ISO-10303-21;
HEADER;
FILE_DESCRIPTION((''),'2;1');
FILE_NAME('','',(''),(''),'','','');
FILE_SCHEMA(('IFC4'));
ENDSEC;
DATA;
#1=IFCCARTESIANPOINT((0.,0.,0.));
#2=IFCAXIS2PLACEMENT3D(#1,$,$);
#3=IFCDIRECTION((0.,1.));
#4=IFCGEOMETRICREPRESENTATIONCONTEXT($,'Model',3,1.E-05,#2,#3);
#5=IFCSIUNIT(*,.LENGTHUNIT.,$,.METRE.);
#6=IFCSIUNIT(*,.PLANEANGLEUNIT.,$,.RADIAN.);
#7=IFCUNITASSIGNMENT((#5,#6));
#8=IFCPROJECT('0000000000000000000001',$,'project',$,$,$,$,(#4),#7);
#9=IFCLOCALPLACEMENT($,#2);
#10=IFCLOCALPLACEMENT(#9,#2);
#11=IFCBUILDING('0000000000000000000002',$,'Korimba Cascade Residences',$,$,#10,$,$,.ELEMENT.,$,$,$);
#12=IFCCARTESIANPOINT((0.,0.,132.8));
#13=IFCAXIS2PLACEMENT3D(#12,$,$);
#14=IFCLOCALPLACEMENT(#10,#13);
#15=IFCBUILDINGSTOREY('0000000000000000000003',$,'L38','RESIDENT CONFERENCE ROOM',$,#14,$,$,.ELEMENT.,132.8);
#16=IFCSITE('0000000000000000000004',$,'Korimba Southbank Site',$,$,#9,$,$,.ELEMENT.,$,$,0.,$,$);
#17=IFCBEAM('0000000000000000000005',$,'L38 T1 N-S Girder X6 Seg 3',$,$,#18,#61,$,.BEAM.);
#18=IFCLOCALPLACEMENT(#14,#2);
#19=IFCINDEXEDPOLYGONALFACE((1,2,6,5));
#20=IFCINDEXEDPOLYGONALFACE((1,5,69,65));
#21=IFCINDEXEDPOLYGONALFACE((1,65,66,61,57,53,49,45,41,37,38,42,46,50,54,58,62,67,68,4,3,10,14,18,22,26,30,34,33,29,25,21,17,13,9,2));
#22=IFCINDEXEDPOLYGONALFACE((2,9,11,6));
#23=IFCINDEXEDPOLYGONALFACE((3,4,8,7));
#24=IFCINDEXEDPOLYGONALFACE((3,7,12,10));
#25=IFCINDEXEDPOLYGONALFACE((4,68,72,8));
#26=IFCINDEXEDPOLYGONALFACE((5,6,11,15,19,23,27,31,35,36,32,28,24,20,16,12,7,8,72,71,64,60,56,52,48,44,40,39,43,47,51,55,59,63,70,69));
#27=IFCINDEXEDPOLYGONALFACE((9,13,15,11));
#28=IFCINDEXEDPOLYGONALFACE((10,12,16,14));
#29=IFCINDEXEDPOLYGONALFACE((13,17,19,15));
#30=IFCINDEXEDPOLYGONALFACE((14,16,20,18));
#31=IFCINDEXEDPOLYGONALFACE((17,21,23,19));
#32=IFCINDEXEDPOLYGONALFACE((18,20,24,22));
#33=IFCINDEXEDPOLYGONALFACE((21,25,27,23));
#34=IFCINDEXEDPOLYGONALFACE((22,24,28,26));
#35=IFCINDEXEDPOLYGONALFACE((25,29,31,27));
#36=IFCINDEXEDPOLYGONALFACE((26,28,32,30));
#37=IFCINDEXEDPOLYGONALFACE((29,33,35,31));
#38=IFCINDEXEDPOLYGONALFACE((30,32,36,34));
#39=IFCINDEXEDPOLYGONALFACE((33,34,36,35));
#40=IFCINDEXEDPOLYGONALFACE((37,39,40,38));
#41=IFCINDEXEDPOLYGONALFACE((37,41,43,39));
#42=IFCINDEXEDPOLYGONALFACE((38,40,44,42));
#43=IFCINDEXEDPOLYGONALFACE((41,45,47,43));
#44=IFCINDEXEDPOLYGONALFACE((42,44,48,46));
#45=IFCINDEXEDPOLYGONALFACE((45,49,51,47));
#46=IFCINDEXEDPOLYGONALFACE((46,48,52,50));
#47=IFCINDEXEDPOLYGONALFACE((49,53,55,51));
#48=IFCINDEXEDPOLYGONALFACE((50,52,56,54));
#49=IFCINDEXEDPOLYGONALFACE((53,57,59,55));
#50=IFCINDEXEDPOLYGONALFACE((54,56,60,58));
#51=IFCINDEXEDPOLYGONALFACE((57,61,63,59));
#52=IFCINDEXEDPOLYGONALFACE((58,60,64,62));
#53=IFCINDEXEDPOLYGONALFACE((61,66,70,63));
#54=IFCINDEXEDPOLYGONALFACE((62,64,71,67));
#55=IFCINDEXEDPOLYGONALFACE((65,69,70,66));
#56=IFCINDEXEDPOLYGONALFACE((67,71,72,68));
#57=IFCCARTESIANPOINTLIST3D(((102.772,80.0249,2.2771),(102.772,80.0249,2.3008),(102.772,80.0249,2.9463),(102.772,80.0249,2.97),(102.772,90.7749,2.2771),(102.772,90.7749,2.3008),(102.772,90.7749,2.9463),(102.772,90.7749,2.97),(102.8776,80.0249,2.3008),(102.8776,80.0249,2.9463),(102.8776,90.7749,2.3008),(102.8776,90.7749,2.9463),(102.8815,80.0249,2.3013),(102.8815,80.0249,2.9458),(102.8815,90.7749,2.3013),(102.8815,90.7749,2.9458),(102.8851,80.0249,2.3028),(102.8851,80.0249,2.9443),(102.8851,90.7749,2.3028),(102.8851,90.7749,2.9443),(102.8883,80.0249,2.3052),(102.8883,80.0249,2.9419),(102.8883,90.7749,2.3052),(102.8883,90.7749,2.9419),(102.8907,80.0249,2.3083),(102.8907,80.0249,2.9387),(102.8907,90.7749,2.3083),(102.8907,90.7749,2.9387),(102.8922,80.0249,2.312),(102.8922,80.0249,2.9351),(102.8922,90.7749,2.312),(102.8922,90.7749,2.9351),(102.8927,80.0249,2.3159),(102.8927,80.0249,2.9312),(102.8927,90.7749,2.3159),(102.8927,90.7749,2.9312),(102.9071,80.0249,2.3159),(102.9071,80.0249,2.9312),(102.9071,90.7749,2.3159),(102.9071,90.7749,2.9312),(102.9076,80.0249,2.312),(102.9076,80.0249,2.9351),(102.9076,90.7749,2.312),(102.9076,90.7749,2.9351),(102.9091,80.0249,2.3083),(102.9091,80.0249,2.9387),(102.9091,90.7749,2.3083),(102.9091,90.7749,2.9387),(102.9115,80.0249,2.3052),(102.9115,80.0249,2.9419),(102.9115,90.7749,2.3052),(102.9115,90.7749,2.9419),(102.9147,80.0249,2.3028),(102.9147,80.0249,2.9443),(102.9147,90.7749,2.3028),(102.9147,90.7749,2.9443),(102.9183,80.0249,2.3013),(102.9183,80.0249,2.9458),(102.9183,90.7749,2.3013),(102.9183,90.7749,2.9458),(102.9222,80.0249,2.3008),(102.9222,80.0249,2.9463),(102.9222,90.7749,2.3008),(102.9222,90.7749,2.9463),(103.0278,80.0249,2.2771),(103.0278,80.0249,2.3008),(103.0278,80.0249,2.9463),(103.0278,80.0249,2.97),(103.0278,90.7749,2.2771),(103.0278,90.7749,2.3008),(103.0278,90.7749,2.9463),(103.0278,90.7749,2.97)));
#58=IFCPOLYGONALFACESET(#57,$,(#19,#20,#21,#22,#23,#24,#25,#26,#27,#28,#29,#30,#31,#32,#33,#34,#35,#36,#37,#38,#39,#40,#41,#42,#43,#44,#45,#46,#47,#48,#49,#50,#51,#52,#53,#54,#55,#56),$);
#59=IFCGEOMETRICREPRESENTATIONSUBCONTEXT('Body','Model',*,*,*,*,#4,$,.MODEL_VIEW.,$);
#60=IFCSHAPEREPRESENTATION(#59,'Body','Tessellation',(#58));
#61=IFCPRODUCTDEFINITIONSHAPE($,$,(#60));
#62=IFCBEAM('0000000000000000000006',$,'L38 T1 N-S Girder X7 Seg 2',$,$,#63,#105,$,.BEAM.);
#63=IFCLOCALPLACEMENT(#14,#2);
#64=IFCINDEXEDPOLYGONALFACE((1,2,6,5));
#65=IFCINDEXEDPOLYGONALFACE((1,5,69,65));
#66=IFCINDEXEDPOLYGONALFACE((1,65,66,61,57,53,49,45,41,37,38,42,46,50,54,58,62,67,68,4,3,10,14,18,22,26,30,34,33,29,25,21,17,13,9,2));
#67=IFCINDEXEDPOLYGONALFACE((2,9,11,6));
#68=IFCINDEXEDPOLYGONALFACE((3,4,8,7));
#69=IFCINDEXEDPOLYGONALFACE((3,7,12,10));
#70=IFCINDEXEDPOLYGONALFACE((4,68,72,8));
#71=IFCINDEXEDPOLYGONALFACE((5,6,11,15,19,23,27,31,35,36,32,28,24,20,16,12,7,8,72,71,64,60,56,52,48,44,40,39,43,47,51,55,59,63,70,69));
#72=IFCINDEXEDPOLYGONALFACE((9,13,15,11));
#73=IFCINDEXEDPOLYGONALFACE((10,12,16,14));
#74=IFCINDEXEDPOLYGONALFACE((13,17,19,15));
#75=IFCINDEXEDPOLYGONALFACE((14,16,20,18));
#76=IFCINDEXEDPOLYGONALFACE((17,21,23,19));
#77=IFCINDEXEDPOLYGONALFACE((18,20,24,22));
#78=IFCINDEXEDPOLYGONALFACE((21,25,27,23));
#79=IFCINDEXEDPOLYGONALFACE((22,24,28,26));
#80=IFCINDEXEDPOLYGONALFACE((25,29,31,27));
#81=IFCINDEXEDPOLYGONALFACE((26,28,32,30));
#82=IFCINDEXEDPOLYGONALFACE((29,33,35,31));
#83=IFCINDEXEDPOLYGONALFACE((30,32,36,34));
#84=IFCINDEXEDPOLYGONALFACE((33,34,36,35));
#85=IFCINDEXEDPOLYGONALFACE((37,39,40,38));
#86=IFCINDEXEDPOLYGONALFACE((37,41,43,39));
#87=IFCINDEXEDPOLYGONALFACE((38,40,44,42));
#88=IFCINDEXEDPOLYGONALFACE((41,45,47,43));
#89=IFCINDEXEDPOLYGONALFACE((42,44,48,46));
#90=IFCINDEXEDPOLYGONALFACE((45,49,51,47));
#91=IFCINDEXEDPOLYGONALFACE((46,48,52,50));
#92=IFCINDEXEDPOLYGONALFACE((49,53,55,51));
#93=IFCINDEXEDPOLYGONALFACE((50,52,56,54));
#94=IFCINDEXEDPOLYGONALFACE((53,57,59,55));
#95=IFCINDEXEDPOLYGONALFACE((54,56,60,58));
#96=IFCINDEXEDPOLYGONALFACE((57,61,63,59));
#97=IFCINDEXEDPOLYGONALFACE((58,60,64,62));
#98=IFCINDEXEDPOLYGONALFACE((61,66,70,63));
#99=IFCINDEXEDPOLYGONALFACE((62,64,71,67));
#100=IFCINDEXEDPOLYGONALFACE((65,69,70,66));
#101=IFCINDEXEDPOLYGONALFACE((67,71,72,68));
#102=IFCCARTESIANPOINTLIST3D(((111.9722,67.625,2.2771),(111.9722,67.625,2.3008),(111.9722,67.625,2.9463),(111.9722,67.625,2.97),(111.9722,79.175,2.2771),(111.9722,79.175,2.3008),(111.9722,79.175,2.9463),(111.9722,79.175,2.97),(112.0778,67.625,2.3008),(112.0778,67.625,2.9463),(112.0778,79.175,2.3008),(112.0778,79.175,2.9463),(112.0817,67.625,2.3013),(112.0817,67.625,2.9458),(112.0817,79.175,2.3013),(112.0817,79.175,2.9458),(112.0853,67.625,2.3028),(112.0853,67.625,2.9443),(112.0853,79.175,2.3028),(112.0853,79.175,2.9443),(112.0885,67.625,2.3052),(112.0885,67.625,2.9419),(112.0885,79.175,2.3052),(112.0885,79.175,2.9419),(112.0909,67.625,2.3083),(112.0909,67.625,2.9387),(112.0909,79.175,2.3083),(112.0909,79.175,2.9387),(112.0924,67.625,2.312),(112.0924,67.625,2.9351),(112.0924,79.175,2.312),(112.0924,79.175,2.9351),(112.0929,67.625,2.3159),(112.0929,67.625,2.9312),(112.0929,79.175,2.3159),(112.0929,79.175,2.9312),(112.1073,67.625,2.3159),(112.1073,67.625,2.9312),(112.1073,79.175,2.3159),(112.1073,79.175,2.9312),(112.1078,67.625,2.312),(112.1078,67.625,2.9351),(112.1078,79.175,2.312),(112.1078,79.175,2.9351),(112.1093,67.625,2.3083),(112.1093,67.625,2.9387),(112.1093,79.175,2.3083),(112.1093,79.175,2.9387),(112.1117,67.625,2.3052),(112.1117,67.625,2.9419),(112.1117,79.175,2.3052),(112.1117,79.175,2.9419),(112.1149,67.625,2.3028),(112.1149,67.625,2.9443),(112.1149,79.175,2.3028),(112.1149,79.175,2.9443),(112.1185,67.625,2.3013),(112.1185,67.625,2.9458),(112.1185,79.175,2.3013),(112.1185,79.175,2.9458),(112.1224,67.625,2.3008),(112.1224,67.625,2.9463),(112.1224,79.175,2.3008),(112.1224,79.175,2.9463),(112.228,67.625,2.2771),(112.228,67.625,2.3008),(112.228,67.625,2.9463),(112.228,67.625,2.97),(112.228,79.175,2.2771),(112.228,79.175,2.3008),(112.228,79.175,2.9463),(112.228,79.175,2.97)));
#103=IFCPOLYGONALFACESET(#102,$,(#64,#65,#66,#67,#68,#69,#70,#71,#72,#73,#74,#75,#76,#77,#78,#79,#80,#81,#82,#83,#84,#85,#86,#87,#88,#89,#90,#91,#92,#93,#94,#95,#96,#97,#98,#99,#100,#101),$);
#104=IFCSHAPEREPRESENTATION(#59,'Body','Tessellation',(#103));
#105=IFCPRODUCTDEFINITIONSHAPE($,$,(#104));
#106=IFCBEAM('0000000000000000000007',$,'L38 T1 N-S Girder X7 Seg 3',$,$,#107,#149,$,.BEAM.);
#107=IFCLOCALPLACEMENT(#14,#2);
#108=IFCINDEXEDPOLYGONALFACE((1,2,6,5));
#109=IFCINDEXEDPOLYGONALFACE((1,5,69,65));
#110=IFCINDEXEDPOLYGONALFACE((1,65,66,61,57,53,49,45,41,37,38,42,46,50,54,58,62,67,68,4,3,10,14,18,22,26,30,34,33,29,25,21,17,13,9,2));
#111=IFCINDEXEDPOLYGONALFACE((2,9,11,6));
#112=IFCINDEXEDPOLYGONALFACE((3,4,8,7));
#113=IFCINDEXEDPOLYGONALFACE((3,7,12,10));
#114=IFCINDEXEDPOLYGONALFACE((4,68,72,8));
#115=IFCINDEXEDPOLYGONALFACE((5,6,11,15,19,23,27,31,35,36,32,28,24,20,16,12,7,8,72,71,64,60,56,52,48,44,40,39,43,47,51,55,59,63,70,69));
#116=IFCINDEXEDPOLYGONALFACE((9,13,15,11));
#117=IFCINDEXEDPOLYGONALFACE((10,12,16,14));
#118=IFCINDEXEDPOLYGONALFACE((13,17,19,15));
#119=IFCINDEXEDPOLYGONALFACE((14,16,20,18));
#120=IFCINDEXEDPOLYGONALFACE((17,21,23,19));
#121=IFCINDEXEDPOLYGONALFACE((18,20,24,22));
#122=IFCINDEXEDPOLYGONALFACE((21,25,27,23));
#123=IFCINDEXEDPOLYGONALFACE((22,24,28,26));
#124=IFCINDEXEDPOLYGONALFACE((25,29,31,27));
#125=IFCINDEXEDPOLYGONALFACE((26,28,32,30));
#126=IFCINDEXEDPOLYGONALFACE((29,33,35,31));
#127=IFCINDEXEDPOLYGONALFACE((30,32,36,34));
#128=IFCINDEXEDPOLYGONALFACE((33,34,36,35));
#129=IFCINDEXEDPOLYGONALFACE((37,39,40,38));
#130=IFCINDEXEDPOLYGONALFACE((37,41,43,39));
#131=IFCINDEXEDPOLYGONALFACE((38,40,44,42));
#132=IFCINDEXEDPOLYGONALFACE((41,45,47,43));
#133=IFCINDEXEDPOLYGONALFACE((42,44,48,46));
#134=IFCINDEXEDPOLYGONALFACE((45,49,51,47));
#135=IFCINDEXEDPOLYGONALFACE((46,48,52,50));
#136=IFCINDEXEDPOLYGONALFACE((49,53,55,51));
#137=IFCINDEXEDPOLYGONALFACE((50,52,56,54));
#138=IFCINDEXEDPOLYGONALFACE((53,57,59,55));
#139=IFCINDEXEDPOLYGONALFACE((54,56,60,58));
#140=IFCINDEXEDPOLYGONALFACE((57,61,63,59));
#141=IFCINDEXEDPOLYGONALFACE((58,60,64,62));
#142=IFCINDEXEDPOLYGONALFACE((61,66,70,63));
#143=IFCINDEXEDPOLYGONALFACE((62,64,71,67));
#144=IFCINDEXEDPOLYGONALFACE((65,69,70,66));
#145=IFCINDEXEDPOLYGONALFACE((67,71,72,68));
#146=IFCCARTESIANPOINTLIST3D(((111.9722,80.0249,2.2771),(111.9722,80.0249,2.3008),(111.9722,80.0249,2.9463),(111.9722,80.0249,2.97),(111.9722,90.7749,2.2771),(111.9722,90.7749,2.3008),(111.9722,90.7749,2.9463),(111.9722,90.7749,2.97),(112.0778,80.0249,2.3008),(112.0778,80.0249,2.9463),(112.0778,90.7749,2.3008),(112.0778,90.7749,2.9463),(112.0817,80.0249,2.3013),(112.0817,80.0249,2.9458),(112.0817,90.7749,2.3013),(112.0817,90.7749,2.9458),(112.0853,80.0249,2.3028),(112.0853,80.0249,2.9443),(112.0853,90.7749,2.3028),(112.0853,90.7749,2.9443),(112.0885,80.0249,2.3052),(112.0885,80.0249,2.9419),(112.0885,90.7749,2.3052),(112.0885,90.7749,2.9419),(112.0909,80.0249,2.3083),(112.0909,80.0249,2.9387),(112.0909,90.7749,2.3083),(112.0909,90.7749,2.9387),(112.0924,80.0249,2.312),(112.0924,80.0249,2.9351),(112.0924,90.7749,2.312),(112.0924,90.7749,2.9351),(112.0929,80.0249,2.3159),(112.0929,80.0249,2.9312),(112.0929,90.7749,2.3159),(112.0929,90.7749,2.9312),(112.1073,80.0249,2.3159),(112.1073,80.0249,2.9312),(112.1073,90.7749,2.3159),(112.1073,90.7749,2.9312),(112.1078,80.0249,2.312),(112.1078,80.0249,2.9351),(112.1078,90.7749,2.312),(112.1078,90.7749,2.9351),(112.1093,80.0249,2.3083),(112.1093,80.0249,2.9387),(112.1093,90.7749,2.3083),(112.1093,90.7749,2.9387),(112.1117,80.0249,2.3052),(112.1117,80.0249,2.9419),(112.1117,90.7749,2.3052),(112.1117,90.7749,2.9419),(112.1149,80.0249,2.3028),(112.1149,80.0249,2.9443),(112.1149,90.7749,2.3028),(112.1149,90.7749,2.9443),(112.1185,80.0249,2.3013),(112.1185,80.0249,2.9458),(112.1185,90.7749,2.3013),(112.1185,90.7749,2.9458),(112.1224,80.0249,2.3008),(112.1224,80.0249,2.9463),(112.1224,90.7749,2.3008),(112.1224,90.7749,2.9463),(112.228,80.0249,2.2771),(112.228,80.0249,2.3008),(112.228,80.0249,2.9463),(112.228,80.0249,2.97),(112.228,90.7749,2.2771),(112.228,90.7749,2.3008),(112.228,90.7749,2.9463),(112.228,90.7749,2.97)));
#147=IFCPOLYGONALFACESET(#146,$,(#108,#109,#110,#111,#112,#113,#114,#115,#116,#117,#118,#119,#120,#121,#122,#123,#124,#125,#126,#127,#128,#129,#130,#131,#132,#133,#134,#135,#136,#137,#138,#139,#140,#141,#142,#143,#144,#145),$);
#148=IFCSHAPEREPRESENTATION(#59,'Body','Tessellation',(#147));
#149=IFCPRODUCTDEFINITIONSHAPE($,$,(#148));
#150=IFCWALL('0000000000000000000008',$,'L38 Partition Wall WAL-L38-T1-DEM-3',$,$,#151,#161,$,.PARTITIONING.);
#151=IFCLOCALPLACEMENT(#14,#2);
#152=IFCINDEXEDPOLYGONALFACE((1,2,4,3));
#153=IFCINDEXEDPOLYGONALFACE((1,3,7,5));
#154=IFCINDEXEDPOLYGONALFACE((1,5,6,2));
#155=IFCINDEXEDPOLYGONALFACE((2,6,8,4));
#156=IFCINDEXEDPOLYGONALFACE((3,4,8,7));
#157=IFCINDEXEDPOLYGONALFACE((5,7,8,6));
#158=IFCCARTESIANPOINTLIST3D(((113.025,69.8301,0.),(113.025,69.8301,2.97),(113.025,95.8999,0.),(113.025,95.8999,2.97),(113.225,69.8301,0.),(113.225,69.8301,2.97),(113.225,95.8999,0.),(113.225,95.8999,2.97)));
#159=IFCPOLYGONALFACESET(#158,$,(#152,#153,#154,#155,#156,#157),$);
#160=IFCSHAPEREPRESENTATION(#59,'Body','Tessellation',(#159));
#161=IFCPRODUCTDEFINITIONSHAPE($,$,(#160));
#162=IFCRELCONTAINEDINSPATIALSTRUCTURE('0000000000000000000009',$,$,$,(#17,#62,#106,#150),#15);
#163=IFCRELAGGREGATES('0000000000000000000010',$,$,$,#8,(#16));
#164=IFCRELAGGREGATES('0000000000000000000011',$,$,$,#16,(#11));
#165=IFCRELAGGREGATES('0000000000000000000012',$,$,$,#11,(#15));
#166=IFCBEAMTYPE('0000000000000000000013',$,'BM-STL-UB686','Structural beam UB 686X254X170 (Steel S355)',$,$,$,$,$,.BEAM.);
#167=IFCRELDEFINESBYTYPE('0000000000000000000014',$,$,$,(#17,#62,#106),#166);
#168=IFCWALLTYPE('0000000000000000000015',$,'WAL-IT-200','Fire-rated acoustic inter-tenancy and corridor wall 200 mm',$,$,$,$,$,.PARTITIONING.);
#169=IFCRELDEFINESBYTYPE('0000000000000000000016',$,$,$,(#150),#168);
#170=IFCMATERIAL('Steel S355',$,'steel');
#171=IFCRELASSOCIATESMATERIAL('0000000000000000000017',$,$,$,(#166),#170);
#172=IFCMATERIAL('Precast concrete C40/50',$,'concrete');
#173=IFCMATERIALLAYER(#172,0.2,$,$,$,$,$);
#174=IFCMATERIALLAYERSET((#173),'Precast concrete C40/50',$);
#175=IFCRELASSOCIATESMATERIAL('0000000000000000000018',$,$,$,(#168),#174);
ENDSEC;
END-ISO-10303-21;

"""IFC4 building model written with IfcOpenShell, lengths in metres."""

from ifc_helpers import new_model, si_unit, direction, frame, frame_2d, origin, origin_2d, place, context, subcontext, project, spatial, rectangle, i_section, extrude, material, layer, layer_set, material_profile, profile_set, type_object, element, save


model = new_model("IFC4")

# Units and contexts
model_context = context("Model", 3, precision=1e-05, world=origin(), true_north=direction((0.0, 1.0)))
body_context = subcontext(model_context, "Body", "Model", "MODEL_VIEW")
ifc_project = project(units=[si_unit("LENGTHUNIT", "METRE"), si_unit("PLANEANGLEUNIT", "RADIAN")], contexts=[model_context])

# Site, building, storey
site_placement = place(None, origin())
site = spatial("IfcSite", under=ifc_project, at=site_placement, Name="Korimba Southbank Site", CompositionType="ELEMENT", RefElevation=0.0)
building_placement = place(site_placement, origin())
building = spatial("IfcBuilding", under=site, at=building_placement, Name="Korimba Cascade Residences", CompositionType="ELEMENT")
storey_placement = place(building_placement, frame((0.0, 0.0, 132.8)))
storey = spatial("IfcBuildingStorey", under=building, at=storey_placement, Name="L38", Description="RESIDENT CONFERENCE ROOM", CompositionType="ELEMENT", Elevation=132.8)

# Beams
ifc_material_1 = material(Name="Steel S355", Category="steel")
ifc_material_profile_1 = material_profile(ifc_material_1, i_section(OverallWidth=0.2559, OverallDepth=0.6929, WebThickness=0.0144, FlangeThickness=0.0237, FilletRadius=0.0151, at=origin_2d()), Name="Steel S355")
ifc_profile_set_1 = profile_set([ifc_material_profile_1], Name="Steel S355")
beam_type_1 = type_object("IfcBeamType", Name="BM-STL-UB686", Description="Structural beam UB 686X254X170 (Steel S355)", PredefinedType="BEAM", material=ifc_profile_set_1)
beam_1_placement = place(storey_placement, frame((102.8999, 80.0249, 2.6235), z_axis=(0.0, 1.0, 0.0), x_axis=(-1.0, 0.0, 0.0)))
element("IfcBeam", 1, at=beam_1_placement, inside=storey, type_object=beam_type_1, Name="L38 T1 N-S Girder X6 Seg 3", PredefinedType="BEAM", context=body_context, shape_type="SweptSolid", body=[
    extrude(i_section(OverallWidth=0.2559, OverallDepth=0.6929, WebThickness=0.0144, FlangeThickness=0.0237, FilletRadius=0.0151, at=origin_2d()), origin(), (0.0, 0.0, 1.0), 10.75),
])
beam_2_placement = place(storey_placement, frame((112.1001, 67.625, 2.6235), z_axis=(0.0, 1.0, 0.0), x_axis=(-1.0, 0.0, 0.0)))
element("IfcBeam", 2, at=beam_2_placement, inside=storey, type_object=beam_type_1, Name="L38 T1 N-S Girder X7 Seg 2", PredefinedType="BEAM", context=body_context, shape_type="SweptSolid", body=[
    extrude(i_section(OverallWidth=0.2559, OverallDepth=0.6929, WebThickness=0.0144, FlangeThickness=0.0237, FilletRadius=0.0151, at=origin_2d()), origin(), (0.0, 0.0, 1.0), 11.55),
])
beam_3_placement = place(storey_placement, frame((112.1001, 80.0249, 2.6235), z_axis=(0.0, 1.0, 0.0), x_axis=(-1.0, 0.0, 0.0)))
element("IfcBeam", 3, at=beam_3_placement, inside=storey, type_object=beam_type_1, Name="L38 T1 N-S Girder X7 Seg 3", PredefinedType="BEAM", context=body_context, shape_type="SweptSolid", body=[
    extrude(i_section(OverallWidth=0.2559, OverallDepth=0.6929, WebThickness=0.0144, FlangeThickness=0.0237, FilletRadius=0.0151, at=origin_2d()), origin(), (0.0, 0.0, 1.0), 10.75),
])

# Wall
ifc_material_2 = material(Name="Precast concrete C40/50", Category="concrete")
ifc_layer_1 = layer(ifc_material_2, 0.2)
ifc_layer_set_1 = layer_set([ifc_layer_1], Name="Precast concrete C40/50")
wall_type_1 = type_object("IfcWallType", Name="WAL-IT-200", Description="Fire-rated acoustic inter-tenancy and corridor wall 200 mm", PredefinedType="PARTITIONING", material=ifc_layer_set_1)
wall_1_placement = place(storey_placement, frame((113.125, 69.8301, 0.0), z_axis=(0.0, 0.0, 1.0), x_axis=(0.0, 1.0, 0.0)))
element("IfcWall", 4, at=wall_1_placement, inside=storey, type_object=wall_type_1, Name="L38 Partition Wall WAL-L38-T1-DEM-3", PredefinedType="PARTITIONING", context=body_context, shape_type="SweptSolid", body=[
    extrude(rectangle(XDim=26.0698, YDim=0.2, at=frame_2d((13.0349, 0.0))), origin(), (0.0, 0.0, 1.0), 2.97),
])

save(model, "model.ifc")
